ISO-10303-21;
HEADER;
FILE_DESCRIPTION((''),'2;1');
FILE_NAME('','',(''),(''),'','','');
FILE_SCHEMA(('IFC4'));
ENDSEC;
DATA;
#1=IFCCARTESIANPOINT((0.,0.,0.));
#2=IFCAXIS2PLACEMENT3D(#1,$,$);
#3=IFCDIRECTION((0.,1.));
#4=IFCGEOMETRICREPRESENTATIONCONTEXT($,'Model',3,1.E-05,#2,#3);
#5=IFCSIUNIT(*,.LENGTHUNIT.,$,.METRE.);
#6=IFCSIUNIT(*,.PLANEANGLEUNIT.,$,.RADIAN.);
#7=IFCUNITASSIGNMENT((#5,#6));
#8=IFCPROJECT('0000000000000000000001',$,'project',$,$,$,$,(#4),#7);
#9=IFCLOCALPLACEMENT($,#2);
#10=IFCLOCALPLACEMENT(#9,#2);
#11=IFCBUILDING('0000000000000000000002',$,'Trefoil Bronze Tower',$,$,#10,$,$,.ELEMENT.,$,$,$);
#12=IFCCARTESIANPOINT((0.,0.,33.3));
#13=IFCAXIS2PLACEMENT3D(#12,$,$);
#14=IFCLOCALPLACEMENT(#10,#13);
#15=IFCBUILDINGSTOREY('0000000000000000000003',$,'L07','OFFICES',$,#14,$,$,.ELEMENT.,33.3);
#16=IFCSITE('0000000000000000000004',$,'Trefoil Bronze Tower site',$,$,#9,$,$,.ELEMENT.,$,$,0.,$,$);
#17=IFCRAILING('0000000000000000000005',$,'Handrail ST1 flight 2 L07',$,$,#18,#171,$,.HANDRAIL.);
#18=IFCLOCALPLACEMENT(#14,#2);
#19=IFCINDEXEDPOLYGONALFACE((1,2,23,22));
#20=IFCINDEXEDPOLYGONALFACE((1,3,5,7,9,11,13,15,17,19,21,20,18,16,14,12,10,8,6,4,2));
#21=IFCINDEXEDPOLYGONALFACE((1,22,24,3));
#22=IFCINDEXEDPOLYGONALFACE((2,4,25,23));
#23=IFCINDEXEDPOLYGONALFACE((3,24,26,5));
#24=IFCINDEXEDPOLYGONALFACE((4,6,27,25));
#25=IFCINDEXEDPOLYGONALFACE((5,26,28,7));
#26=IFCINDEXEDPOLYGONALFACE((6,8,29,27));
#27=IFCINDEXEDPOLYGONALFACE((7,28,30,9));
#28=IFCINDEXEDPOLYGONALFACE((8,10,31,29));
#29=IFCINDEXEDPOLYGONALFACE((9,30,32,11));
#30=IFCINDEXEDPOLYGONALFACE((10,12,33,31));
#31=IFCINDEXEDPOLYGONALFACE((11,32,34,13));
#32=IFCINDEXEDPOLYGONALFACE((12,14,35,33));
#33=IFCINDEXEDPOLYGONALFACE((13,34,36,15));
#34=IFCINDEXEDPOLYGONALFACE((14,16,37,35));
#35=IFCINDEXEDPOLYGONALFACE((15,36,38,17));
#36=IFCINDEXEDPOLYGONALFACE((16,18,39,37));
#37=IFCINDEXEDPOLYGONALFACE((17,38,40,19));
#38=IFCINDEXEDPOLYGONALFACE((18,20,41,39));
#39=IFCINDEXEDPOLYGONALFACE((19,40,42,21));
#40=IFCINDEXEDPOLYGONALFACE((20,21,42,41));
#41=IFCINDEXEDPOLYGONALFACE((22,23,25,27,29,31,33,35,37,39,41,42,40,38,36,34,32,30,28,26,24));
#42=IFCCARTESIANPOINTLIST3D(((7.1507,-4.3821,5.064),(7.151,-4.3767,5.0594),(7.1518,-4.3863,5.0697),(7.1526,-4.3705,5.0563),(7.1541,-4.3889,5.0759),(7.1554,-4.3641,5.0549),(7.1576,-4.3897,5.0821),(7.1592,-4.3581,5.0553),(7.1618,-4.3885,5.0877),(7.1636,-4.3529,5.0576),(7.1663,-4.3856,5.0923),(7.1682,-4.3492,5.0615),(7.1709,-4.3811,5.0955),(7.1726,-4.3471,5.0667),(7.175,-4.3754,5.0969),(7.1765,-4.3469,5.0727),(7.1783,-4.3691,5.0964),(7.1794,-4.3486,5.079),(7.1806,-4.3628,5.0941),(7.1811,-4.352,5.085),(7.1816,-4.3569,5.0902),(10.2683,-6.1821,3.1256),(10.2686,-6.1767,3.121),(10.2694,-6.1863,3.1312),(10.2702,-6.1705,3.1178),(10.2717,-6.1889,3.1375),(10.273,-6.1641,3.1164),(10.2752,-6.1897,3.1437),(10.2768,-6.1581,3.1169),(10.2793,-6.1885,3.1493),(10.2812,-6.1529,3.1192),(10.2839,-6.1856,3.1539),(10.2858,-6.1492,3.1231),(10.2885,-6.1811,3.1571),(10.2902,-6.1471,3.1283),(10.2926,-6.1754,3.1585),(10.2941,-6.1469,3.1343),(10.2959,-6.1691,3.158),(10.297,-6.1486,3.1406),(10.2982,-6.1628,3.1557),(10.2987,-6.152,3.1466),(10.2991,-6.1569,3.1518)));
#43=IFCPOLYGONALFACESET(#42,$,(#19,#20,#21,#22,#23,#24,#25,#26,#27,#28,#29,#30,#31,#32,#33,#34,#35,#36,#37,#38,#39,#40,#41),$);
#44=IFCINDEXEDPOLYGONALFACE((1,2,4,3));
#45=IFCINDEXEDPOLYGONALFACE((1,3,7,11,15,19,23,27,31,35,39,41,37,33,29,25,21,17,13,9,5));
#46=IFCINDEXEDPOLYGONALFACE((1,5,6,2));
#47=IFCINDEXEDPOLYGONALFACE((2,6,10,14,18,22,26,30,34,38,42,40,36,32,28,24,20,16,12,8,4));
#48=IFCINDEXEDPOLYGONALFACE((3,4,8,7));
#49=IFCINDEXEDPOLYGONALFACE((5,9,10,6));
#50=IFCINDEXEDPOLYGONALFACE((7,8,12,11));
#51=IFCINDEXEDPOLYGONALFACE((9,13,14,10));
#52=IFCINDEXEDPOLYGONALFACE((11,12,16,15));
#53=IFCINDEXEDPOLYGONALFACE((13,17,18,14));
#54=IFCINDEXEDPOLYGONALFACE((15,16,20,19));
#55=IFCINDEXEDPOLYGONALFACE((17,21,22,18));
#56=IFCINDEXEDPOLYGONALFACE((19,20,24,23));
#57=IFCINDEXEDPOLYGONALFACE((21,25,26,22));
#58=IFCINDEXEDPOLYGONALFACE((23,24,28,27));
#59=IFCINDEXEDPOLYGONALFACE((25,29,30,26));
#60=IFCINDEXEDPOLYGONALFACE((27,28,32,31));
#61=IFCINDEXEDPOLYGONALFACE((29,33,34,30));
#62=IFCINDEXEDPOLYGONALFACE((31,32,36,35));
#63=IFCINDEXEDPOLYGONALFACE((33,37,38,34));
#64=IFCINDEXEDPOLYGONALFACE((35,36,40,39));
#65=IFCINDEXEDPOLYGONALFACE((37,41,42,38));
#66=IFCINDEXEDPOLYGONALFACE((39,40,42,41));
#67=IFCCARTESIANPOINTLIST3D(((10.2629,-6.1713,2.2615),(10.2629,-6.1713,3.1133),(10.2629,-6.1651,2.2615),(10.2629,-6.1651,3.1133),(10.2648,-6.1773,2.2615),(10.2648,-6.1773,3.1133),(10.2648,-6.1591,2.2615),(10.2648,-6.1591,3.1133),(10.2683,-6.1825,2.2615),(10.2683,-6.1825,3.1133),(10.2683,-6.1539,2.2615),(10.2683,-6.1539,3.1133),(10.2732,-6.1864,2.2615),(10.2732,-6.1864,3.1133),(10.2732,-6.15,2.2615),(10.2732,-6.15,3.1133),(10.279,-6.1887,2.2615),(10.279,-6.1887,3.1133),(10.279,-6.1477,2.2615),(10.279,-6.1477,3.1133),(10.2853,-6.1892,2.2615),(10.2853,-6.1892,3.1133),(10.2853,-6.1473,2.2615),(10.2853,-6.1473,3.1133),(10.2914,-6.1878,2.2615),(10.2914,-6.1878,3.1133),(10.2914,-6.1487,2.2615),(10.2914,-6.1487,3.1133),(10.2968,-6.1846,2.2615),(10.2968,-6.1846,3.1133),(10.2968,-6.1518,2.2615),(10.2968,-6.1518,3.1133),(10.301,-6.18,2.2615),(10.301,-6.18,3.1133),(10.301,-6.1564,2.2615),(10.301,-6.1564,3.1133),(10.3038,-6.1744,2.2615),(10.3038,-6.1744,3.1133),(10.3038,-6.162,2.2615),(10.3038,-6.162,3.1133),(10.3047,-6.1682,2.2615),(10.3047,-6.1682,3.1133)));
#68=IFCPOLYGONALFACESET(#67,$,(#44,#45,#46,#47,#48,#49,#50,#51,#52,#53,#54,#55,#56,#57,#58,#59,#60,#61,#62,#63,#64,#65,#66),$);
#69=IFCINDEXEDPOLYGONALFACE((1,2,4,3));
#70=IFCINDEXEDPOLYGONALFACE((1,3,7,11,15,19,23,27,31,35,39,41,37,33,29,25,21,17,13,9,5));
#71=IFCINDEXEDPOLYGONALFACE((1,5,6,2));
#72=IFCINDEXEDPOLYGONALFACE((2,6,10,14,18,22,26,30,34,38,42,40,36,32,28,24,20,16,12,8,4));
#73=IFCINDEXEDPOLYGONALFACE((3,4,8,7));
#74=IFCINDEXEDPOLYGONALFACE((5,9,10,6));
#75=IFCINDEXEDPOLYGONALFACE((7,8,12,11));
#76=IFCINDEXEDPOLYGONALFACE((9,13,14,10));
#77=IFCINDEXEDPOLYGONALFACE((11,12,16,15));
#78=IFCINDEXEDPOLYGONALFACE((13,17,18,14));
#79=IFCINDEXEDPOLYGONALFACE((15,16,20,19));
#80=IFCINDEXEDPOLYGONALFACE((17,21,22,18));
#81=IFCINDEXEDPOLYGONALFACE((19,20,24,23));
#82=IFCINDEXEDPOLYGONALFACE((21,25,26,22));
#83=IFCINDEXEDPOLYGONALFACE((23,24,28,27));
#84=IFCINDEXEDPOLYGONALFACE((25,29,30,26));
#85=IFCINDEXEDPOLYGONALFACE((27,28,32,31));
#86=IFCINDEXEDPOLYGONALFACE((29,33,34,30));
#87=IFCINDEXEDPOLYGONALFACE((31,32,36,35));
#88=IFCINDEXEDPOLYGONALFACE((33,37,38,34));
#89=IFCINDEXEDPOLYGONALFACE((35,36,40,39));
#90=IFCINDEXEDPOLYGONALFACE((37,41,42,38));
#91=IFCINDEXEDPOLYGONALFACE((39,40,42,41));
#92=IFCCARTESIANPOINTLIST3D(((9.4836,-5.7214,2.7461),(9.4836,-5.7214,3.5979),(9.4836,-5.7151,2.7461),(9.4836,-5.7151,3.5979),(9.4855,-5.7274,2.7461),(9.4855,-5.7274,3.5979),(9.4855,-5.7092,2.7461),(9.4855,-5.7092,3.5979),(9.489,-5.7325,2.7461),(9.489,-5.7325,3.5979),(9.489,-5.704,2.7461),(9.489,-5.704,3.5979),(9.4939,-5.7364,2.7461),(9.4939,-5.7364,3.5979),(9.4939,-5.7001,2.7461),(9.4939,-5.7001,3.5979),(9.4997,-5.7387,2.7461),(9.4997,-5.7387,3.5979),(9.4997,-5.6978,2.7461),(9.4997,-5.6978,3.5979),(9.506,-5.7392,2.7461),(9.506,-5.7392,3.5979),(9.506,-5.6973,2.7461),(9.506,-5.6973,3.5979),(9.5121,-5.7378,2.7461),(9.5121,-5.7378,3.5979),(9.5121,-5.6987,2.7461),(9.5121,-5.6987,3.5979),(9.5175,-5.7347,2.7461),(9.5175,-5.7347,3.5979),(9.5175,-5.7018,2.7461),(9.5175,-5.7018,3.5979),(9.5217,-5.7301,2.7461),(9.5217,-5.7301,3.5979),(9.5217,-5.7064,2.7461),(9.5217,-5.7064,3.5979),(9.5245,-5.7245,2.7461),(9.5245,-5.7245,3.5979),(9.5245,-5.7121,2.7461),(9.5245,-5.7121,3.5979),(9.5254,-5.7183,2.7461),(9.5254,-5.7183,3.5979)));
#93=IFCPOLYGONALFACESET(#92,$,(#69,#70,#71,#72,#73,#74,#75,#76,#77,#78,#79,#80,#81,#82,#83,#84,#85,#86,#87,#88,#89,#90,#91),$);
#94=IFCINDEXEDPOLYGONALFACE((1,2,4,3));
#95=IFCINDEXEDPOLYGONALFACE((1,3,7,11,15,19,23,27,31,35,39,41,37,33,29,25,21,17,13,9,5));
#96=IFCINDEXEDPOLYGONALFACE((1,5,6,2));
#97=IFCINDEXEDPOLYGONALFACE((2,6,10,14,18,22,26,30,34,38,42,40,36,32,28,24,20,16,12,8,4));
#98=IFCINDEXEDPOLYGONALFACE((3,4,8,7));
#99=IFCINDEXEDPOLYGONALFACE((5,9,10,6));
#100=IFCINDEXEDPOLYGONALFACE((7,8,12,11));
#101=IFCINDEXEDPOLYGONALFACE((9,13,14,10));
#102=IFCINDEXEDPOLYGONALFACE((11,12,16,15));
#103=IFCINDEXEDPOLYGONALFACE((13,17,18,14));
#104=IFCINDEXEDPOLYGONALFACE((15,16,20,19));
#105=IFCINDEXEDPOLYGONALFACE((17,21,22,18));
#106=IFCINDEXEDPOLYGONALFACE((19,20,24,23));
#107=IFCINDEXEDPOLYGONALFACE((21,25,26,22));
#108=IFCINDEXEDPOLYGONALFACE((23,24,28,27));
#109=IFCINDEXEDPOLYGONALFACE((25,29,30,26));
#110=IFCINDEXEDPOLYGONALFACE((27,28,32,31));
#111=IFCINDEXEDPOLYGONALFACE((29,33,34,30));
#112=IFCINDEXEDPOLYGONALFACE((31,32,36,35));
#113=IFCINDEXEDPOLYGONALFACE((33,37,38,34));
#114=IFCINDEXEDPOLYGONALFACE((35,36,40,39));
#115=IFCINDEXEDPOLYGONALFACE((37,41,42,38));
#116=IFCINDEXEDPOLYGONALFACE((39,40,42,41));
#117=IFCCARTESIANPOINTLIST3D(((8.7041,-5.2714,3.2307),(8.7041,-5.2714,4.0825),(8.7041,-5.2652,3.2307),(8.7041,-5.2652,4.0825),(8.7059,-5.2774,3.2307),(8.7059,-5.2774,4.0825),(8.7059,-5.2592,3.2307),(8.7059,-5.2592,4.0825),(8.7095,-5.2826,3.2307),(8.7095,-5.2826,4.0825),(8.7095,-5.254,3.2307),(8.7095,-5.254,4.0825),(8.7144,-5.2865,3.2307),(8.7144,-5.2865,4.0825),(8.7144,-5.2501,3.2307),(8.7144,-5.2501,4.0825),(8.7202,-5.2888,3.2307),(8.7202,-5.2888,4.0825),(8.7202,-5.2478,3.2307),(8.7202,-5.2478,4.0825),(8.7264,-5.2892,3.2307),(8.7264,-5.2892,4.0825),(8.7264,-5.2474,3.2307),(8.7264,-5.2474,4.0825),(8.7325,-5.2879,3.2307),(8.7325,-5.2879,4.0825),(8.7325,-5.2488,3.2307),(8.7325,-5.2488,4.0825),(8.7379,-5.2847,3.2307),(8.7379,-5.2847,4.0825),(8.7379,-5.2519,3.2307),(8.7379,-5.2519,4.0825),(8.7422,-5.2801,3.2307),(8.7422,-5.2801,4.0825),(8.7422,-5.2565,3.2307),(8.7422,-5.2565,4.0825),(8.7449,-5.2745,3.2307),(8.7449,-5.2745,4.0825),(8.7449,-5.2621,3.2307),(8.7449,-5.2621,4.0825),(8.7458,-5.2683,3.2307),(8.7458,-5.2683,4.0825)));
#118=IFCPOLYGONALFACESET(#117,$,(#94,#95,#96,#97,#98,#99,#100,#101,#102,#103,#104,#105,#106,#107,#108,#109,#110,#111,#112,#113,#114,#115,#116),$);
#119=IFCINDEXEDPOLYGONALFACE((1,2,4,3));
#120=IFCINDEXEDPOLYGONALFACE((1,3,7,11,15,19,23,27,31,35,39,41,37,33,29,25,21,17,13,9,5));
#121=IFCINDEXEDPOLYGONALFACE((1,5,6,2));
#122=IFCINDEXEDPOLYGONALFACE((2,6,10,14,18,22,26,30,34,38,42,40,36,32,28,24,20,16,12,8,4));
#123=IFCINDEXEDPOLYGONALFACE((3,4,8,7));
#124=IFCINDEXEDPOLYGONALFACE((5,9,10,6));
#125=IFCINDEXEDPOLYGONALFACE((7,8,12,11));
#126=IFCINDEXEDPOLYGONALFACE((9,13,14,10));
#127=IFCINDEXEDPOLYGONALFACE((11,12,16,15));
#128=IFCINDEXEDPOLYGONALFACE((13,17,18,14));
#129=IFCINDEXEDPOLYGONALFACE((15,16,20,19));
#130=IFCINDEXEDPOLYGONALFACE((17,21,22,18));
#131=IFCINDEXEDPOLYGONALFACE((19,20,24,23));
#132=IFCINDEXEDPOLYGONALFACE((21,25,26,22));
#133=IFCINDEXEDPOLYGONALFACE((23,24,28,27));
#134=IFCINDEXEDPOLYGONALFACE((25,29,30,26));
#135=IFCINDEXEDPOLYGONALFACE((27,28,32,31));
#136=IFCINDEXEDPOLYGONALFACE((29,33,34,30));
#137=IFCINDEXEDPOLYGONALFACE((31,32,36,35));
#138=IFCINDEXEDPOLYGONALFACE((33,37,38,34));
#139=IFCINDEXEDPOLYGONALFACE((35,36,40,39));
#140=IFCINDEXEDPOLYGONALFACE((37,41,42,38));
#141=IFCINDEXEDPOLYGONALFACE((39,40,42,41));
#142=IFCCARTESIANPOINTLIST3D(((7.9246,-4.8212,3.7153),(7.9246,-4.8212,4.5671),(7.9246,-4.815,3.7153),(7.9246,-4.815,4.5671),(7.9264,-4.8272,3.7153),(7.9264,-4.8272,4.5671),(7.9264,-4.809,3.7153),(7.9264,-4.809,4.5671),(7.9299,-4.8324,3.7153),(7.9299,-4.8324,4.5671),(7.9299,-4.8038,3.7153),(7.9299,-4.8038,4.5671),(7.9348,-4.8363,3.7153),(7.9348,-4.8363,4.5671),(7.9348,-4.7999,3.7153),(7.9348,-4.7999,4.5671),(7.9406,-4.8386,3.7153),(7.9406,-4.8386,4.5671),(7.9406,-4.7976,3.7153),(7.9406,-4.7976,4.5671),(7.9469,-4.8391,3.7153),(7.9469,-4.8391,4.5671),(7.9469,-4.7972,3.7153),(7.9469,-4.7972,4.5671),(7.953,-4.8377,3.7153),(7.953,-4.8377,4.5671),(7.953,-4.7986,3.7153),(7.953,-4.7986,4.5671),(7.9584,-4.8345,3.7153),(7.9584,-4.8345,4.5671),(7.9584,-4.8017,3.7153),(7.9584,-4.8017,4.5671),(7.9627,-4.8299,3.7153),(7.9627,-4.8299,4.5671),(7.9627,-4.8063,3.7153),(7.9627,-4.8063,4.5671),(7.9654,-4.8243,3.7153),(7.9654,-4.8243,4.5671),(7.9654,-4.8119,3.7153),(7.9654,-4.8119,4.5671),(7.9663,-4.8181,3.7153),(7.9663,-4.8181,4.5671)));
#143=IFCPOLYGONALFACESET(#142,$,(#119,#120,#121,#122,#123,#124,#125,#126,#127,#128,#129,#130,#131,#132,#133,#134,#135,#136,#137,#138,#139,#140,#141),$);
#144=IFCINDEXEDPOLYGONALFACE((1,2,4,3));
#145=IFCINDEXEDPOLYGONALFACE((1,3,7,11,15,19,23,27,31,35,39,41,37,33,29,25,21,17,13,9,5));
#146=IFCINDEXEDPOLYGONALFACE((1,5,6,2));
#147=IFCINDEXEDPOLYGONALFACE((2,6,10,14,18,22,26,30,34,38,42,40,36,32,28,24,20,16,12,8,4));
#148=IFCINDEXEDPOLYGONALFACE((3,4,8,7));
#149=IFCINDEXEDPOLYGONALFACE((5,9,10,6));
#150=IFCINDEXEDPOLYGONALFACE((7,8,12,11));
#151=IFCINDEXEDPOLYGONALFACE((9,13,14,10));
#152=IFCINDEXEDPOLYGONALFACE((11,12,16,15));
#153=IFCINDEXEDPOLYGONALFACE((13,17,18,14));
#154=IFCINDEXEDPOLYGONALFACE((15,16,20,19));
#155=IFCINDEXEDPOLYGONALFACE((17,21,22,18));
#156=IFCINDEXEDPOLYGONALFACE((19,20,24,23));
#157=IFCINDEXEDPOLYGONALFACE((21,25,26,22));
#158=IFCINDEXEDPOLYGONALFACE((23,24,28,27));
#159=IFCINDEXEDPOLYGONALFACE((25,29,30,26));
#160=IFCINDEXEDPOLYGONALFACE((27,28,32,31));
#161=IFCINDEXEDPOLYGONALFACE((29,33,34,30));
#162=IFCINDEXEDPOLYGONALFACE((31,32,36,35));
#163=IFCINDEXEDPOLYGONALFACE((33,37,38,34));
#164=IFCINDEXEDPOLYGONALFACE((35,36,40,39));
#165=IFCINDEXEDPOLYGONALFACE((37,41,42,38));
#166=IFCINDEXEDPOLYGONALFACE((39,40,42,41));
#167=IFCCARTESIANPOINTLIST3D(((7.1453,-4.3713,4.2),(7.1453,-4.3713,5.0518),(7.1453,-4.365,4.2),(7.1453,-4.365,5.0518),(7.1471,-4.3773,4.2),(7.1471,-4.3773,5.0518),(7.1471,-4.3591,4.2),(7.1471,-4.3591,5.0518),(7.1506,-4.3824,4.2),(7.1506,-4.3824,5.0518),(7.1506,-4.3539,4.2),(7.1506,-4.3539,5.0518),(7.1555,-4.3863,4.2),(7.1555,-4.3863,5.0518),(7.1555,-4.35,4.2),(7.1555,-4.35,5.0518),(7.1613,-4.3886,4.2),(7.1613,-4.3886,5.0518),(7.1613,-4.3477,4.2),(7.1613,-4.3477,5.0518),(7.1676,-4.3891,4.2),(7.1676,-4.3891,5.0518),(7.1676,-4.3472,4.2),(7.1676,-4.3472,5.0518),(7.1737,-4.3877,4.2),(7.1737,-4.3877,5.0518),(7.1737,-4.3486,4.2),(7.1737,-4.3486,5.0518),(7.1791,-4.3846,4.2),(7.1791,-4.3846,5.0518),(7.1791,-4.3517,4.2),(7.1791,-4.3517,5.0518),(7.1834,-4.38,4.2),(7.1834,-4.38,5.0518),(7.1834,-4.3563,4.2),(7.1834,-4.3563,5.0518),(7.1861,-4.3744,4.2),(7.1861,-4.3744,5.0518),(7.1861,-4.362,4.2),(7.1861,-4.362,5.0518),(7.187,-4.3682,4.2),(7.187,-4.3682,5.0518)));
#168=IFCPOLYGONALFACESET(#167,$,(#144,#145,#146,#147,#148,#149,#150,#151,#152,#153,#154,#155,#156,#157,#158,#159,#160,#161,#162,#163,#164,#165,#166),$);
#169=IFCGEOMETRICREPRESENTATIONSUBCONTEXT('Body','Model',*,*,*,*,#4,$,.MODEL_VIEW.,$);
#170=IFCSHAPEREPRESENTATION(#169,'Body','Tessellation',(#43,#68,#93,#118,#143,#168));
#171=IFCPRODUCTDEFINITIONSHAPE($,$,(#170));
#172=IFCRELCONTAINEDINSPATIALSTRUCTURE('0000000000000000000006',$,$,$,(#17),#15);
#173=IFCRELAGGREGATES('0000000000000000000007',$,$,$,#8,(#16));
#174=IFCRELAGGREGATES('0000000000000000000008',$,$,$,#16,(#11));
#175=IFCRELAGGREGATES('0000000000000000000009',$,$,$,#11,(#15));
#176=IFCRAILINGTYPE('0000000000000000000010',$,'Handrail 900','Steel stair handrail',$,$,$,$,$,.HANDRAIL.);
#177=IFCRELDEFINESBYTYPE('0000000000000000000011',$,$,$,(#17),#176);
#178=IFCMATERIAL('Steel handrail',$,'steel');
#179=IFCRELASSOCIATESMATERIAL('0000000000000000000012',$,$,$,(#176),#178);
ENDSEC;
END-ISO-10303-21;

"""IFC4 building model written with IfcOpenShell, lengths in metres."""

from ifc_helpers import new_model, si_unit, direction, frame, origin, origin_2d, place, context, subcontext, project, spatial, circle, extrude, material, type_object, element, save


model = new_model("IFC4")

# Units and contexts
model_context = context("Model", 3, precision=1e-05, world=origin(), true_north=direction((0.0, 1.0)))
body_context = subcontext(model_context, "Body", "Model", "MODEL_VIEW")
ifc_project = project(units=[si_unit("LENGTHUNIT", "METRE"), si_unit("PLANEANGLEUNIT", "RADIAN")], contexts=[model_context])

# Site, building, storey
site_placement = place(None, origin())
site = spatial("IfcSite", under=ifc_project, at=site_placement, Name="Trefoil Bronze Tower site", CompositionType="ELEMENT", RefElevation=0.0)
building_placement = place(site_placement, origin())
building = spatial("IfcBuilding", under=site, at=building_placement, Name="Trefoil Bronze Tower", CompositionType="ELEMENT")
storey_placement = place(building_placement, frame((0.0, 0.0, 33.3)))
storey = spatial("IfcBuildingStorey", under=building, at=storey_placement, Name="L07", Description="OFFICES", CompositionType="ELEMENT", Elevation=33.3)

# Railing
ifc_material_1 = material(Name="Steel handrail", Category="steel")
railing_type = type_object("IfcRailingType", Name="Handrail 900", Description="Steel stair handrail", PredefinedType="HANDRAIL", material=ifc_material_1)
railing_1_placement = place(storey_placement, frame((10.2837, -6.1682, 2.2615)))
element("IfcRailing", 1, at=railing_1_placement, inside=storey, type_object=railing_type, Name="Handrail ST1 flight 2 L07", PredefinedType="HANDRAIL", context=body_context, shape_type="SweptSolid", body=[
    extrude(circle(Radius=0.0239, at=origin_2d()), frame((0.0, 0.0, 0.876), z_axis=(-0.762503, 0.440246, 0.474102), x_axis=(-0.500012, -0.866018, 0.0)), (0.0, 0.0, 1.0), 4.0886),
    extrude(circle(Radius=0.021, at=origin_2d()), origin(), (0.0, 0.0, 1.0), 0.8518),
    extrude(circle(Radius=0.021, at=origin_2d()), frame((-0.7793, 0.45, 0.4846)), (0.0, 0.0, 1.0), 0.8518),
    extrude(circle(Radius=0.021, at=origin_2d()), frame((-1.5588, 0.8999, 0.9692)), (0.0, 0.0, 1.0), 0.8518),
    extrude(circle(Radius=0.021, at=origin_2d()), frame((-2.3384, 1.3501, 1.4539)), (0.0, 0.0, 1.0), 0.8518),
    extrude(circle(Radius=0.021, at=origin_2d()), frame((-3.1177, 1.8, 1.9385)), (0.0, 0.0, 1.0), 0.8518),
])

save(model, "model.ifc")
